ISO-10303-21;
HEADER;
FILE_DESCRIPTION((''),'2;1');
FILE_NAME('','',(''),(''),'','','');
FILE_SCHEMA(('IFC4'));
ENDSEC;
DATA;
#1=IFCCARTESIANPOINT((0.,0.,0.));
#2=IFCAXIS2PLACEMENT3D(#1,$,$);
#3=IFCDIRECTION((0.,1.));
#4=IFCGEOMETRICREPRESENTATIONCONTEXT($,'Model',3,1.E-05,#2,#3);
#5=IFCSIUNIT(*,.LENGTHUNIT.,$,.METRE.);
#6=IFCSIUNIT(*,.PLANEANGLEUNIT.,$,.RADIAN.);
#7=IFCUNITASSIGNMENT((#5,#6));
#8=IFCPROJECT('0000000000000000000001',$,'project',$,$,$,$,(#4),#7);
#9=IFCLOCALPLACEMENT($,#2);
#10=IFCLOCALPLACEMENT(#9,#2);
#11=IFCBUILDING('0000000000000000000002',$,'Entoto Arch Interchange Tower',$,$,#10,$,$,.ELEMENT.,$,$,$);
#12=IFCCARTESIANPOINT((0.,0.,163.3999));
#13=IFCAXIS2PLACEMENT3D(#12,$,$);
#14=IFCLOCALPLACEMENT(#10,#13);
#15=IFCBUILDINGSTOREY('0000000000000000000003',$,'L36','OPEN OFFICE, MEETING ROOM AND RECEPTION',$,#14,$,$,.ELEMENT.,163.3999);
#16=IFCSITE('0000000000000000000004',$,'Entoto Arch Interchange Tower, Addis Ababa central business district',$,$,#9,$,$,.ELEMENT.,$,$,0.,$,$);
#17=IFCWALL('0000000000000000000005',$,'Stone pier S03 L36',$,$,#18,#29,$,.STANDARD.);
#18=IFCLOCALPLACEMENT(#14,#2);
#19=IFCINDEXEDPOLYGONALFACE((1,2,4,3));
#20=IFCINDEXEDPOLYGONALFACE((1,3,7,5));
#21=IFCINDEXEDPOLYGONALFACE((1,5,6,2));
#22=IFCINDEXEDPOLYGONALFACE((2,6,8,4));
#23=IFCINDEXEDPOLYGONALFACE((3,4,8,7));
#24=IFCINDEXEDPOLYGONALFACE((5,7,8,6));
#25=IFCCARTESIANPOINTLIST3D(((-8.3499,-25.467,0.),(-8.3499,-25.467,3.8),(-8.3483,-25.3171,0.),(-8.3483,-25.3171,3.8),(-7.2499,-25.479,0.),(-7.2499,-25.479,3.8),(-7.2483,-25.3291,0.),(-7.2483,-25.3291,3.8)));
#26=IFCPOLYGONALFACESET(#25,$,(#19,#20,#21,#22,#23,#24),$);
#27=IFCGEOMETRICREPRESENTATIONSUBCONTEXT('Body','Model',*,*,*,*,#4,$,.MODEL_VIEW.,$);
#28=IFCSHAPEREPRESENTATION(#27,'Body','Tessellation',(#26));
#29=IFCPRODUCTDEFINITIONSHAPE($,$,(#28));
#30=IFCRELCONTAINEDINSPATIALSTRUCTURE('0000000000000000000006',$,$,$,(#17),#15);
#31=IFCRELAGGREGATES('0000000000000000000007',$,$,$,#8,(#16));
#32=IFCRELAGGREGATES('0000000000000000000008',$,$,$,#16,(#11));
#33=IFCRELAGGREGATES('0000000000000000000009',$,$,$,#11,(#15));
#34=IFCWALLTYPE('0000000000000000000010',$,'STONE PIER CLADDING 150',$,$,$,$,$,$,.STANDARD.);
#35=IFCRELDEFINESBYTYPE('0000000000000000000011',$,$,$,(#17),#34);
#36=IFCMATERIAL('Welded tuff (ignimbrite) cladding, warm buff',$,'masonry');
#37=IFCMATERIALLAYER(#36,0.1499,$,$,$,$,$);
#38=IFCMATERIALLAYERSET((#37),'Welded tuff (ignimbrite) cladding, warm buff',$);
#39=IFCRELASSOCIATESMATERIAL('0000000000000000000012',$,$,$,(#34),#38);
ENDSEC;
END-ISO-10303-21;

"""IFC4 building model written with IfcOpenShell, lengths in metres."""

from ifc_helpers import new_model, si_unit, direction, frame, frame_2d, origin, place, context, subcontext, project, spatial, rectangle, extrude, material, layer, layer_set, type_object, element, save


model = new_model("IFC4")

# Units and contexts
model_context = context("Model", 3, precision=1e-05, world=origin(), true_north=direction((0.0, 1.0)))
body_context = subcontext(model_context, "Body", "Model", "MODEL_VIEW")
ifc_project = project(units=[si_unit("LENGTHUNIT", "METRE"), si_unit("PLANEANGLEUNIT", "RADIAN")], contexts=[model_context])

# Site, building, storey
site_placement = place(None, origin())
site = spatial("IfcSite", under=ifc_project, at=site_placement, Name="Entoto Arch Interchange Tower, Addis Ababa central business district", CompositionType="ELEMENT", RefElevation=0.0)
building_placement = place(site_placement, origin())
building = spatial("IfcBuilding", under=site, at=building_placement, Name="Entoto Arch Interchange Tower", CompositionType="ELEMENT")
storey_placement = place(building_placement, frame((0.0, 0.0, 163.3999)))
storey = spatial("IfcBuildingStorey", under=building, at=storey_placement, Name="L36", Description="OPEN OFFICE, MEETING ROOM AND RECEPTION", CompositionType="ELEMENT", Elevation=163.3999)

# Wall
ifc_material_1 = material(Name="Welded tuff (ignimbrite) cladding, warm buff", Category="masonry")
ifc_layer_1 = layer(ifc_material_1, 0.1499)
ifc_layer_set_1 = layer_set([ifc_layer_1], Name="Welded tuff (ignimbrite) cladding, warm buff")
wall_type_1 = type_object("IfcWallType", Name="STONE PIER CLADDING 150", PredefinedType="STANDARD", material=ifc_layer_set_1)
wall_1_placement = place(storey_placement, frame((-8.3491, -25.3921, 0.0), z_axis=(0.0, 0.0, 1.0), x_axis=(0.999941, -0.010874, 0.0)))
element("IfcWall", 1, at=wall_1_placement, inside=storey, type_object=wall_type_1, Name="Stone pier S03 L36", PredefinedType="STANDARD", context=body_context, shape_type="SweptSolid", body=[
    extrude(rectangle(XDim=1.1001, YDim=0.1499, at=frame_2d((0.55, 0.0))), origin(), (0.0, 0.0, 1.0), 3.8),
])

save(model, "model.ifc")
